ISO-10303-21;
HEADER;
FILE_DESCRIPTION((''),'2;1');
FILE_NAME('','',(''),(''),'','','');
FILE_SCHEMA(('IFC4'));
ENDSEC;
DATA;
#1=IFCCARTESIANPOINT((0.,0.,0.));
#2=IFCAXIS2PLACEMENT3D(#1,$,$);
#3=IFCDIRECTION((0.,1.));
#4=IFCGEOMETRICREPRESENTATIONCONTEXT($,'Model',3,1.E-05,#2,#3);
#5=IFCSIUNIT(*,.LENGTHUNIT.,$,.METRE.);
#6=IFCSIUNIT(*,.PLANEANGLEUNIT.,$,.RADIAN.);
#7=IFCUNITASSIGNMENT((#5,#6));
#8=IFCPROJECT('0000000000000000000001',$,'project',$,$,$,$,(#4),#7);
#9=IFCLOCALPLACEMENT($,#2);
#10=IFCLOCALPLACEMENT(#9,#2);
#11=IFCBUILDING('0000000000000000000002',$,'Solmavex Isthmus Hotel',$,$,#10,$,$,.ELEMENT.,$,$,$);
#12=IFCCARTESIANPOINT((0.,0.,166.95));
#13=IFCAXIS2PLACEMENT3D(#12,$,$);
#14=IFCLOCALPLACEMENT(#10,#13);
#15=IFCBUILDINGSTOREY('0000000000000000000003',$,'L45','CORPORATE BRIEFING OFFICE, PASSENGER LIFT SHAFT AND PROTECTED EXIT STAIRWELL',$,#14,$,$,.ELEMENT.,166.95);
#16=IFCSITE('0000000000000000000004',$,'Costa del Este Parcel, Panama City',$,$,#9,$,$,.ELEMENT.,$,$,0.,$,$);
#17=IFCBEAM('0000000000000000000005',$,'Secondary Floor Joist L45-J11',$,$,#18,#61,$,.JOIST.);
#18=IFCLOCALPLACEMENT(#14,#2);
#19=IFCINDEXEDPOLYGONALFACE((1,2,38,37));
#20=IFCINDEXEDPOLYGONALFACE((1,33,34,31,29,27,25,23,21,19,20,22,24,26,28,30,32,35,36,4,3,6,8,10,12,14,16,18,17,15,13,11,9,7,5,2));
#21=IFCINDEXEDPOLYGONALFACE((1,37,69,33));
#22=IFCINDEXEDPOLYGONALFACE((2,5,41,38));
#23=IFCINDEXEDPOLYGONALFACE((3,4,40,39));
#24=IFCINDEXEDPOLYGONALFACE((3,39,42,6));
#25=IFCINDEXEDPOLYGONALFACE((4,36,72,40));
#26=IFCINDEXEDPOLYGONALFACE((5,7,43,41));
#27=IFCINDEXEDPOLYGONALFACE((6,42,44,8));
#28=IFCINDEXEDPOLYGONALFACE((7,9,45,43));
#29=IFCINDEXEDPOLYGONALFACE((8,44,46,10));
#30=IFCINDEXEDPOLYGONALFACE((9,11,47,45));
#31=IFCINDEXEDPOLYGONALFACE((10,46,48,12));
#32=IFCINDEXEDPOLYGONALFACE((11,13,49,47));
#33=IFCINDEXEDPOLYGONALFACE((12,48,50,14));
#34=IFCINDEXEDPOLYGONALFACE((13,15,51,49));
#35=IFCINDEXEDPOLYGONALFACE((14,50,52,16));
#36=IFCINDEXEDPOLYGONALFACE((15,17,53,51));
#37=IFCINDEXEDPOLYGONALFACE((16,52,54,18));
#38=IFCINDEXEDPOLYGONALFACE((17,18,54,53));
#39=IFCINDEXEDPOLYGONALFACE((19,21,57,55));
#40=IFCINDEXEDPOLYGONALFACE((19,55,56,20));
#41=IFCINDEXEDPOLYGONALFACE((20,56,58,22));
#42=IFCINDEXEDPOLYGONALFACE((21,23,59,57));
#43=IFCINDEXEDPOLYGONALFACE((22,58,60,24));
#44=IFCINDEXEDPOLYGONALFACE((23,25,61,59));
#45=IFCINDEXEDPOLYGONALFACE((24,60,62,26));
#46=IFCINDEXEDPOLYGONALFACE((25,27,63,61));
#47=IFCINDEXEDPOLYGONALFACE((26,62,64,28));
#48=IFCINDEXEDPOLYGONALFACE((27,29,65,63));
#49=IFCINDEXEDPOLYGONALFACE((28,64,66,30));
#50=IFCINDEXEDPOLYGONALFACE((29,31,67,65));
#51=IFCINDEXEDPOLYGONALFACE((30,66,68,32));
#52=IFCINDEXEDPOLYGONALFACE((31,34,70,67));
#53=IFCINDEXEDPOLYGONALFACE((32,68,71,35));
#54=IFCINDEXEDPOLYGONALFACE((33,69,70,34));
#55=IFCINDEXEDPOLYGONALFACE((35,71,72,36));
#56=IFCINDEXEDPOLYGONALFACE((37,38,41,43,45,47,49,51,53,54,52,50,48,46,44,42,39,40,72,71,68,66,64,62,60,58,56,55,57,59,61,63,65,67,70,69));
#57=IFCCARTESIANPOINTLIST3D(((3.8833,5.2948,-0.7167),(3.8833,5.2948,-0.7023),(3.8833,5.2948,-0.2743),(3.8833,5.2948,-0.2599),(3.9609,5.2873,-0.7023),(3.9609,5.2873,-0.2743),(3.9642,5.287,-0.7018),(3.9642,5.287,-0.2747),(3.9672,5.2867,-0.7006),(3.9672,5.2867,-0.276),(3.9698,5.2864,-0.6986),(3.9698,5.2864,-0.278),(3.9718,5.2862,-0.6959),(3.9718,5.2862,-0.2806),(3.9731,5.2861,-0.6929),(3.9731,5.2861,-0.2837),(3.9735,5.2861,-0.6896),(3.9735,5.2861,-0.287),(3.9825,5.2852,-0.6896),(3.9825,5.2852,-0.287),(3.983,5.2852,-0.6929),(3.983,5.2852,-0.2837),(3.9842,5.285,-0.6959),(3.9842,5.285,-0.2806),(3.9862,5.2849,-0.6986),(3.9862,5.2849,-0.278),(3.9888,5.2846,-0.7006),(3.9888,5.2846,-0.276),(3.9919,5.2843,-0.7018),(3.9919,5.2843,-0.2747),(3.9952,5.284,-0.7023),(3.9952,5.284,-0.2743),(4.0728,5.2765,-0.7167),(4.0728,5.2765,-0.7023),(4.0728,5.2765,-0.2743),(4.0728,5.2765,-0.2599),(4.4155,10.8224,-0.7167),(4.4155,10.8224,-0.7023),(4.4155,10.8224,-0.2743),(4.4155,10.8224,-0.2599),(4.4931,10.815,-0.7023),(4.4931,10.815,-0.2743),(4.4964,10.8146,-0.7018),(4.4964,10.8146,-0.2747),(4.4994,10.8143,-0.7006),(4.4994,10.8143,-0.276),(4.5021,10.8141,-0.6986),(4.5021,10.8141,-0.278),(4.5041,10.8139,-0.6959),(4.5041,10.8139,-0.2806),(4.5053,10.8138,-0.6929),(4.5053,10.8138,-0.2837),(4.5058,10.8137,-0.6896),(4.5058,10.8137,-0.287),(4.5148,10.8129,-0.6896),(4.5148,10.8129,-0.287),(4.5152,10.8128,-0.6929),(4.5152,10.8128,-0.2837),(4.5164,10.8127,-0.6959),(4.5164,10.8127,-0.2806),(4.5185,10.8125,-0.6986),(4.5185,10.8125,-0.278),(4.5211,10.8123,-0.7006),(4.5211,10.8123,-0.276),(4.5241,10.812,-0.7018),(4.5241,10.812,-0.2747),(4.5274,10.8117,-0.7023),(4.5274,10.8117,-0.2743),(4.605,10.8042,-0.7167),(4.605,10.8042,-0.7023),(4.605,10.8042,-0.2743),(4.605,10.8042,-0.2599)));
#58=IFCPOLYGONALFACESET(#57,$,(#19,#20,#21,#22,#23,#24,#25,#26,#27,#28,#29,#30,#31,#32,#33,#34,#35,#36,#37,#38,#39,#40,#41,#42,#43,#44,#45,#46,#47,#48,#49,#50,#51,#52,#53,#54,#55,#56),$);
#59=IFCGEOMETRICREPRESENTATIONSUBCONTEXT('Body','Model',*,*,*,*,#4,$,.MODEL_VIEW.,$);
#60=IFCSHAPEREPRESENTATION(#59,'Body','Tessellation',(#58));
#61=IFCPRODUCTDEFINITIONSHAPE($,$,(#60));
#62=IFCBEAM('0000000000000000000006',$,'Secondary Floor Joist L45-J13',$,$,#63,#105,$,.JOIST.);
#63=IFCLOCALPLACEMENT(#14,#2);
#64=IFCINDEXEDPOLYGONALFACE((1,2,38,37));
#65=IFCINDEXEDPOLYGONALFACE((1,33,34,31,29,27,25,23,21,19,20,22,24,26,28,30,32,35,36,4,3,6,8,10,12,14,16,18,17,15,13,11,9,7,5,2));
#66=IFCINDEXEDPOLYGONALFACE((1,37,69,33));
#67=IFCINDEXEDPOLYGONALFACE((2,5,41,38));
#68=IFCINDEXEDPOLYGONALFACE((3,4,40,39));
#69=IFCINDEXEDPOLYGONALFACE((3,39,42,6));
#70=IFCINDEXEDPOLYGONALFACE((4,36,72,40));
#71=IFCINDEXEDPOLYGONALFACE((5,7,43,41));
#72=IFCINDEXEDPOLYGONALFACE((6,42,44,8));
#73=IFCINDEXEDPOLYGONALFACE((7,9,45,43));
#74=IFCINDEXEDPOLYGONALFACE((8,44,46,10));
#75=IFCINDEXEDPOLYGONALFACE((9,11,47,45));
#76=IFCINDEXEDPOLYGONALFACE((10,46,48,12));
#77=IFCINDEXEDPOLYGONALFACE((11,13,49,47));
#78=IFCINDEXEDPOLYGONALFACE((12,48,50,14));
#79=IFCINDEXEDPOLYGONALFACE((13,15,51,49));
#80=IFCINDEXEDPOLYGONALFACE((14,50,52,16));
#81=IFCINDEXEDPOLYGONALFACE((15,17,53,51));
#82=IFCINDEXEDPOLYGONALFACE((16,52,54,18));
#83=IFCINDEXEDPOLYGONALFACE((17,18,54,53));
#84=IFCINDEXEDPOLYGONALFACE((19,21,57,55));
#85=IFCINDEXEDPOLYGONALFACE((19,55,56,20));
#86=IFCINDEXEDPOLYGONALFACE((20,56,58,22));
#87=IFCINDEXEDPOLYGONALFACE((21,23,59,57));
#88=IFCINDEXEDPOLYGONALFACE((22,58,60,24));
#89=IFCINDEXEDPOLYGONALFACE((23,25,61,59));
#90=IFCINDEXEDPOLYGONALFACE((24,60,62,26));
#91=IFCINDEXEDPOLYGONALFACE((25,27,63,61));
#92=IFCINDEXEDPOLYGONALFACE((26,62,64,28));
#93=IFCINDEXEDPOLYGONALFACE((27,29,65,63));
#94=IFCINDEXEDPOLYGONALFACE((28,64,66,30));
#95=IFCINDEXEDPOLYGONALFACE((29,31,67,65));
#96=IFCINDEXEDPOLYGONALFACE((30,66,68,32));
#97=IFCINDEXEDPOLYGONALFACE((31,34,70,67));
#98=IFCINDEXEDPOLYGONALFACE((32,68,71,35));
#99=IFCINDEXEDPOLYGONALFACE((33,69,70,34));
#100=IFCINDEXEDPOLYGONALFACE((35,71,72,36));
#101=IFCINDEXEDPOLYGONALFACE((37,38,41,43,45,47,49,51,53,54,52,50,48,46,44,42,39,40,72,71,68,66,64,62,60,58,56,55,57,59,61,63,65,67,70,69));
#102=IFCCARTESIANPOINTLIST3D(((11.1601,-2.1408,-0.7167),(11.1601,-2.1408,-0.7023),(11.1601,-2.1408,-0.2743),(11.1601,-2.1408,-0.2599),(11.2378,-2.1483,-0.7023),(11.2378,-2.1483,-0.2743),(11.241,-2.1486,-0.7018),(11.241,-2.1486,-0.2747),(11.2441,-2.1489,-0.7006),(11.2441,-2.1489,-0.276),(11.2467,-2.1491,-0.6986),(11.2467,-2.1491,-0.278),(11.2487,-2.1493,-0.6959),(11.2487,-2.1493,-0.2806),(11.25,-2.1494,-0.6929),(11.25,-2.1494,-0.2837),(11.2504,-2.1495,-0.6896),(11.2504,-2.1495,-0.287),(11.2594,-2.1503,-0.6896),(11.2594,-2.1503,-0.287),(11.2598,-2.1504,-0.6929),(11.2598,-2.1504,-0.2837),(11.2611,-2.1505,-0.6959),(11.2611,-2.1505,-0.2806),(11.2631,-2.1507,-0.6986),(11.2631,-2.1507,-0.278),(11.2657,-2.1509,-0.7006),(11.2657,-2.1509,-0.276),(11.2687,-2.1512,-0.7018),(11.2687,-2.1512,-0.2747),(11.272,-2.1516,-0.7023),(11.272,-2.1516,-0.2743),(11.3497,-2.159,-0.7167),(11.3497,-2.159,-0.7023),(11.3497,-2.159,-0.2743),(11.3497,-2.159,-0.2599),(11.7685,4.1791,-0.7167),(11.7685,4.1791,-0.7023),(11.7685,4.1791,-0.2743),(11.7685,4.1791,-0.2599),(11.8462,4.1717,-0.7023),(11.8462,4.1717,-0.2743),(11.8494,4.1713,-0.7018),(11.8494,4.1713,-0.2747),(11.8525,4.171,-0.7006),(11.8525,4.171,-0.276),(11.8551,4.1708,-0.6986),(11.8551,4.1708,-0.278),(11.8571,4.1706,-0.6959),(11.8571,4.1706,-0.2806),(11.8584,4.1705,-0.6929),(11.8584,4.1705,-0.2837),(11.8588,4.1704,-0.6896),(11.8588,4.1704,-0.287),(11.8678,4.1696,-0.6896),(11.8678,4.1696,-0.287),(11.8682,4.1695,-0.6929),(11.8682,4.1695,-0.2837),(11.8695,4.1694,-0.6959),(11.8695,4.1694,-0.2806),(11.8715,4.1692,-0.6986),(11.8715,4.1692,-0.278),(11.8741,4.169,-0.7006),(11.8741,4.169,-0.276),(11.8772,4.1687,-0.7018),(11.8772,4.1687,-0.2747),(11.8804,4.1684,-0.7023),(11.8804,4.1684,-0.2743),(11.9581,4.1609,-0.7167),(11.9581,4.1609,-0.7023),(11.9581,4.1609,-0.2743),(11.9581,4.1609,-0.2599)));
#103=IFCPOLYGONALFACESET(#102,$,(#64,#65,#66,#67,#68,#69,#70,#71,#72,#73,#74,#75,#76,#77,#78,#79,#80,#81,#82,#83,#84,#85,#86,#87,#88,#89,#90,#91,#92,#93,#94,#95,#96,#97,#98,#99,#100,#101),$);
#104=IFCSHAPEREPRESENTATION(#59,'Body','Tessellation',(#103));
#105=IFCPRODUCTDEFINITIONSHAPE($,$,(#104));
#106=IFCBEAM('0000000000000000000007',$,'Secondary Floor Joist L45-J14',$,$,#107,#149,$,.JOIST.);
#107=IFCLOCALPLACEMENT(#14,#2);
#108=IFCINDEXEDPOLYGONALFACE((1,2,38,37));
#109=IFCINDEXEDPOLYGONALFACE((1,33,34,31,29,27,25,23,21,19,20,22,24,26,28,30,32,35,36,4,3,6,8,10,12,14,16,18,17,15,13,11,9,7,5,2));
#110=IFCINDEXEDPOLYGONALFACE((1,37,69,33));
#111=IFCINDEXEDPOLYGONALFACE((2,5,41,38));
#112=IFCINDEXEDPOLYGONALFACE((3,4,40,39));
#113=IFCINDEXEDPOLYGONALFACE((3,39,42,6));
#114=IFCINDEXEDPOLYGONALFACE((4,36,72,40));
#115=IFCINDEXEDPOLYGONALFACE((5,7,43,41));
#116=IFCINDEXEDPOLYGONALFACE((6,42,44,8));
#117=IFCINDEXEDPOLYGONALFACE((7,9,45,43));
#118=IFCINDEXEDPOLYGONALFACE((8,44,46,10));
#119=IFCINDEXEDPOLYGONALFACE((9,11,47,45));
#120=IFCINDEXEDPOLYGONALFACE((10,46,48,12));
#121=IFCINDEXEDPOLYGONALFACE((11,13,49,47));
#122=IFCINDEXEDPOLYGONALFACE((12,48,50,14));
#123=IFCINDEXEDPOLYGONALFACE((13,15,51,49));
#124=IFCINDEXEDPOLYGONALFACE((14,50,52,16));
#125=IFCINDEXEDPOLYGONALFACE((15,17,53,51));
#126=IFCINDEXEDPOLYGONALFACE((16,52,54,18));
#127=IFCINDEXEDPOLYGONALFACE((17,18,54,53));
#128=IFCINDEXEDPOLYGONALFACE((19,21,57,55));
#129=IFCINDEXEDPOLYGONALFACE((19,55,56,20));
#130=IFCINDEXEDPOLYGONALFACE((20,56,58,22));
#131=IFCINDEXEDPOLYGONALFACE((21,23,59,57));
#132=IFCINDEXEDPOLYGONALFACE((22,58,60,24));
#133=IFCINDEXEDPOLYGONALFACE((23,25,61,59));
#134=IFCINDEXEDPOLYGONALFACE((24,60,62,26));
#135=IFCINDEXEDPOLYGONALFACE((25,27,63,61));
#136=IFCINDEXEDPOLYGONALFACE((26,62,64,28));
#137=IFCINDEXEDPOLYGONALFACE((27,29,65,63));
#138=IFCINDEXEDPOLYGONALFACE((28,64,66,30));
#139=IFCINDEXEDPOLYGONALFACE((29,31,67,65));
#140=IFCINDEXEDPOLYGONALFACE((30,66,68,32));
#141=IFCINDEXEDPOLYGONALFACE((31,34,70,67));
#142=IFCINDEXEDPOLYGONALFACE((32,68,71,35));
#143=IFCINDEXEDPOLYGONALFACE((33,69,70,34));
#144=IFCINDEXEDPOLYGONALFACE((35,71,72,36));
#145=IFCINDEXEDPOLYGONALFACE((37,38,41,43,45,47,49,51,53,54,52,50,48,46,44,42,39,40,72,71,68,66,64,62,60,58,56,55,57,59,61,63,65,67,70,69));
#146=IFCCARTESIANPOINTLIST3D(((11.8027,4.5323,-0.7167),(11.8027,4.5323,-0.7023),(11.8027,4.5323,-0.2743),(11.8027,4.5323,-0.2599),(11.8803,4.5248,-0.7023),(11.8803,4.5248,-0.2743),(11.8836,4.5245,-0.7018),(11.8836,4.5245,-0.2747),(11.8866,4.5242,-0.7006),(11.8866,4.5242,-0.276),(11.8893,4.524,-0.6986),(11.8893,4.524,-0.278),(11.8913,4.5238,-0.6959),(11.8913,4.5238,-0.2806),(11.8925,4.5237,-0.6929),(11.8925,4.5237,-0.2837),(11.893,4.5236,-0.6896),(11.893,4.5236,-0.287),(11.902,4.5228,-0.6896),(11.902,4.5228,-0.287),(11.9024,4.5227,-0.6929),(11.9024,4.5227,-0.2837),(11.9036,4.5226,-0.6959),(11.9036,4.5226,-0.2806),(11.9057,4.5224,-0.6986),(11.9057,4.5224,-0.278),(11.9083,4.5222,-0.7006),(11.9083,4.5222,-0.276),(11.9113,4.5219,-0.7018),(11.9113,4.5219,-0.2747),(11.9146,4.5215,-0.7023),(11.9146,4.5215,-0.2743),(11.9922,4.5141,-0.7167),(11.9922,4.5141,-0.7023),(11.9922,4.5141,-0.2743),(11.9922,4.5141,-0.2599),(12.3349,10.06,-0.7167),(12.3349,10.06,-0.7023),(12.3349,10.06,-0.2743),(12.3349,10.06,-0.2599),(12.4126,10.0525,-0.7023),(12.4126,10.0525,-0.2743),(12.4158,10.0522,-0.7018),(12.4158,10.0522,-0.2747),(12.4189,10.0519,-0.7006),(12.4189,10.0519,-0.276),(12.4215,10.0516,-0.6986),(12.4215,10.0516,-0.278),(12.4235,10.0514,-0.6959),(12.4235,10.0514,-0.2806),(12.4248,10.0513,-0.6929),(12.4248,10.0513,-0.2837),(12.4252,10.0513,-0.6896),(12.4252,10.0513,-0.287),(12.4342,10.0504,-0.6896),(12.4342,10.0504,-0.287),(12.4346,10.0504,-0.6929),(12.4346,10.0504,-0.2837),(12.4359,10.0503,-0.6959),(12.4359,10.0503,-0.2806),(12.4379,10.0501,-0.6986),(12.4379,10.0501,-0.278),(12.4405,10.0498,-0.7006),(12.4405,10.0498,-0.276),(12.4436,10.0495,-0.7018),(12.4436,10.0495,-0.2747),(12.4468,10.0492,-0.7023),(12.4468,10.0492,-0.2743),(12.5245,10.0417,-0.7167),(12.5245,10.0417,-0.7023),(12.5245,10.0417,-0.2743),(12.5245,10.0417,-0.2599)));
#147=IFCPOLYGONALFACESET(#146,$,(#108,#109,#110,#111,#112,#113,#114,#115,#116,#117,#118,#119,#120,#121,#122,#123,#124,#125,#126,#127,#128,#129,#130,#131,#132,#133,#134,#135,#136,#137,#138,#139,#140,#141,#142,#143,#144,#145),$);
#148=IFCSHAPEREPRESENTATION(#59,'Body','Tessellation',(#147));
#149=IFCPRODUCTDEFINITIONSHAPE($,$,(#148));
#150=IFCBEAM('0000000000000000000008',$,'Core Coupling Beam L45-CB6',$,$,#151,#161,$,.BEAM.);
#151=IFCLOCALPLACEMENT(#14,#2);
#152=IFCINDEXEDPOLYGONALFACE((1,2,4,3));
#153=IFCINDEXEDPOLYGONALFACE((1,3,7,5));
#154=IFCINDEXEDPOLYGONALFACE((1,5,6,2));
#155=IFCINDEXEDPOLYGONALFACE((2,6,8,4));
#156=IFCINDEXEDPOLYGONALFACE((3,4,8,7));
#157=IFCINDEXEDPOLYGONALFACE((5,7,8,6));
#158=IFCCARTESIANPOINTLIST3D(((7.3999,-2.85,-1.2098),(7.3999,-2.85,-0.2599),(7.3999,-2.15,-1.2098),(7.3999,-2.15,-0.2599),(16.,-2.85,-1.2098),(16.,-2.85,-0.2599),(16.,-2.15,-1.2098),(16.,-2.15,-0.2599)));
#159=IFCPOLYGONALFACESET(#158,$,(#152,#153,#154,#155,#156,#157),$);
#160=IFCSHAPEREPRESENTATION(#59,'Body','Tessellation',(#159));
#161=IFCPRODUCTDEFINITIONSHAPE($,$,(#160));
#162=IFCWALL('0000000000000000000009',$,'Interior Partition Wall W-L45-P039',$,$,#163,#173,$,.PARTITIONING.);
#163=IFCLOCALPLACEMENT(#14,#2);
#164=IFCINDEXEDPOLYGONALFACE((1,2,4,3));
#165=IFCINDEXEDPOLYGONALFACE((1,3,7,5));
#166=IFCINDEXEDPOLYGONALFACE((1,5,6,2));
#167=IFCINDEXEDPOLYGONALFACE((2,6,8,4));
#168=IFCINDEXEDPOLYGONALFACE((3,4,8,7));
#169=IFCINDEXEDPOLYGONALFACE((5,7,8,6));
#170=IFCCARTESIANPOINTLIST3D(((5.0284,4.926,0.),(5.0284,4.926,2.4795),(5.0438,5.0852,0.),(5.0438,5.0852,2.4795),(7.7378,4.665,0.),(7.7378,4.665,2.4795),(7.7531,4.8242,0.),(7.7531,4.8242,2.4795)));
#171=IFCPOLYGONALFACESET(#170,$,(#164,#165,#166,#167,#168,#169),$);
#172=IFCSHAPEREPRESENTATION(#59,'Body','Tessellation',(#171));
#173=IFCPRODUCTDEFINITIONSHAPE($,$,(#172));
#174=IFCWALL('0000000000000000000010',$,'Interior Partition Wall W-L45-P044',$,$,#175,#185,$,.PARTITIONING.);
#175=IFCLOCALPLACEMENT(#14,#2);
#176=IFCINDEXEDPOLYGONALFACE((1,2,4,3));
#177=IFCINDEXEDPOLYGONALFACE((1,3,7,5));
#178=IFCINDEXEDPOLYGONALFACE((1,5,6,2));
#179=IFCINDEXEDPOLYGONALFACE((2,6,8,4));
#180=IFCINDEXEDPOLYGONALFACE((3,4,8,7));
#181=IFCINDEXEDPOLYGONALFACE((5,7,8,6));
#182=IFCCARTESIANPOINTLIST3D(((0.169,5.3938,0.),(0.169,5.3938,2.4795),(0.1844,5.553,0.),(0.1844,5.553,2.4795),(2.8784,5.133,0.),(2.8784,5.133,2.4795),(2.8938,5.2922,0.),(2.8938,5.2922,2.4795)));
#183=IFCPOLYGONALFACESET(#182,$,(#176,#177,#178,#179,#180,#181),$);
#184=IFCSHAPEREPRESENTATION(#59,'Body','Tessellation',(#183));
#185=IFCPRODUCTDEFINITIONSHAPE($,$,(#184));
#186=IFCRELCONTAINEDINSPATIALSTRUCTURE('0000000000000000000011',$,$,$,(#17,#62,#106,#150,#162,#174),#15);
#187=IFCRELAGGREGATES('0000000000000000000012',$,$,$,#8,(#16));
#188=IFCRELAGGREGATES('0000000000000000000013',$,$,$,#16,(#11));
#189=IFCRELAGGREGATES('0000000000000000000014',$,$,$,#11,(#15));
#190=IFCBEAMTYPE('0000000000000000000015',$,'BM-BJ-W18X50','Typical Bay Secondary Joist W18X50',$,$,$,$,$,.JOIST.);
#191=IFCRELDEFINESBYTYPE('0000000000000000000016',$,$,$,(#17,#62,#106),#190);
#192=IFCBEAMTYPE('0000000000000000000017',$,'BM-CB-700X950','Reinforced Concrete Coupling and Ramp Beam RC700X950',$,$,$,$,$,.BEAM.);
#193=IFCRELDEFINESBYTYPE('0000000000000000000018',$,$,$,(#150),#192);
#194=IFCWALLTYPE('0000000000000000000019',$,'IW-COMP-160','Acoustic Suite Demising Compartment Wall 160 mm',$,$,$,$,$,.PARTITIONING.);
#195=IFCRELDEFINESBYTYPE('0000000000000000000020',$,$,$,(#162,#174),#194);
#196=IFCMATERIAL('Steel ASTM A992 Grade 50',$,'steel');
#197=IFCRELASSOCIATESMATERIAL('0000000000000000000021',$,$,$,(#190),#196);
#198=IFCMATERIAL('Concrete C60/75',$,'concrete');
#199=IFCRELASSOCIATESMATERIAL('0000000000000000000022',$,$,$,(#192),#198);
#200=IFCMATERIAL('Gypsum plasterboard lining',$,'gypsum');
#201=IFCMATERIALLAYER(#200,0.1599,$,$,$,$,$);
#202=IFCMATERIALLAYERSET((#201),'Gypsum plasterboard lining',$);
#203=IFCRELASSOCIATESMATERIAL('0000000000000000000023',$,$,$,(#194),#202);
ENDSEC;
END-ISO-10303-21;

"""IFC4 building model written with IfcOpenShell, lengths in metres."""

from ifc_helpers import new_model, si_unit, direction, frame, frame_2d, origin, origin_2d, place, context, subcontext, project, spatial, rectangle, i_section, extrude, material, layer, layer_set, material_profile, profile_set, type_object, element, save


model = new_model("IFC4")

# Units and contexts
model_context = context("Model", 3, precision=1e-05, world=origin(), true_north=direction((0.0, 1.0)))
body_context = subcontext(model_context, "Body", "Model", "MODEL_VIEW")
ifc_project = project(units=[si_unit("LENGTHUNIT", "METRE"), si_unit("PLANEANGLEUNIT", "RADIAN")], contexts=[model_context])

# Site, building, storey
site_placement = place(None, origin())
site = spatial("IfcSite", under=ifc_project, at=site_placement, Name="Costa del Este Parcel, Panama City", CompositionType="ELEMENT", RefElevation=0.0)
building_placement = place(site_placement, origin())
building = spatial("IfcBuilding", under=site, at=building_placement, Name="Solmavex Isthmus Hotel", CompositionType="ELEMENT")
storey_placement = place(building_placement, frame((0.0, 0.0, 166.95)))
storey = spatial("IfcBuildingStorey", under=building, at=storey_placement, Name="L45", Description="CORPORATE BRIEFING OFFICE, PASSENGER LIFT SHAFT AND PROTECTED EXIT STAIRWELL", CompositionType="ELEMENT", Elevation=166.95)

# Beams
ifc_material_1 = material(Name="Steel ASTM A992 Grade 50", Category="steel")
ifc_material_profile_1 = material_profile(ifc_material_1, i_section(OverallWidth=0.1904, OverallDepth=0.4568, WebThickness=0.009, FlangeThickness=0.0144, FilletRadius=0.0127, at=origin_2d()), Name="W18X50")
ifc_profile_set_1 = profile_set([ifc_material_profile_1], Name="Steel ASTM A992 Grade 50")
beam_type_1 = type_object("IfcBeamType", Name="BM-BJ-W18X50", Description="Typical Bay Secondary Joist W18X50", PredefinedType="JOIST", material=ifc_profile_set_1)
beam_1_placement = place(storey_placement, frame((3.978, 5.2856, -0.4883), z_axis=(0.095842, 0.995397, 0.0), x_axis=(-0.995397, 0.095842, 0.0)))
element("IfcBeam", 1, at=beam_1_placement, inside=storey, type_object=beam_type_1, Name="Secondary Floor Joist L45-J11", PredefinedType="JOIST", context=body_context, shape_type="SweptSolid", body=[
    extrude(i_section(OverallWidth=0.1904, OverallDepth=0.4568, WebThickness=0.009, FlangeThickness=0.0144, FilletRadius=0.0127, at=origin_2d()), origin(), (0.0, 0.0, 1.0), 5.5532),
])
beam_2_placement = place(storey_placement, frame((11.2549, -2.1499, -0.4883), z_axis=(0.095825, 0.995398, 0.0), x_axis=(-0.995398, 0.095825, 0.0)))
element("IfcBeam", 2, at=beam_2_placement, inside=storey, type_object=beam_type_1, Name="Secondary Floor Joist L45-J13", PredefinedType="JOIST", context=body_context, shape_type="SweptSolid", body=[
    extrude(i_section(OverallWidth=0.1904, OverallDepth=0.4568, WebThickness=0.009, FlangeThickness=0.0144, FilletRadius=0.0127, at=origin_2d()), origin(), (0.0, 0.0, 1.0), 6.3491),
])
beam_3_placement = place(storey_placement, frame((11.8975, 4.5232, -0.4883), z_axis=(0.095842, 0.995397, 0.0), x_axis=(-0.995397, 0.095842, 0.0)))
element("IfcBeam", 3, at=beam_3_placement, inside=storey, type_object=beam_type_1, Name="Secondary Floor Joist L45-J14", PredefinedType="JOIST", context=body_context, shape_type="SweptSolid", body=[
    extrude(i_section(OverallWidth=0.1904, OverallDepth=0.4568, WebThickness=0.009, FlangeThickness=0.0144, FilletRadius=0.0127, at=origin_2d()), origin(), (0.0, 0.0, 1.0), 5.5532),
])
ifc_material_2 = material(Name="Concrete C60/75", Category="concrete")
ifc_material_profile_2 = material_profile(ifc_material_2, rectangle(XDim=0.7, YDim=0.95, at=origin_2d()), Name="RC700X950")
ifc_profile_set_2 = profile_set([ifc_material_profile_2], Name="Concrete C60/75")
beam_type_2 = type_object("IfcBeamType", Name="BM-CB-700X950", Description="Reinforced Concrete Coupling and Ramp Beam RC700X950", PredefinedType="BEAM", material=ifc_profile_set_2)
beam_4_placement = place(storey_placement, frame((7.3999, -2.5, -0.7349), z_axis=(1.0, 0.0, 0.0), x_axis=(0.0, 1.0, 0.0)))
element("IfcBeam", 4, at=beam_4_placement, inside=storey, type_object=beam_type_2, Name="Core Coupling Beam L45-CB6", PredefinedType="BEAM", context=body_context, shape_type="SweptSolid", body=[
    extrude(rectangle(XDim=0.7, YDim=0.95, at=origin_2d()), origin(), (0.0, 0.0, 1.0), 8.6001),
])

# Walls
ifc_material_3 = material(Name="Gypsum plasterboard lining", Category="gypsum")
ifc_layer_1 = layer(ifc_material_3, 0.1599)
ifc_layer_set_1 = layer_set([ifc_layer_1], Name="Gypsum plasterboard lining")
wall_type_1 = type_object("IfcWallType", Name="IW-COMP-160", Description="Acoustic Suite Demising Compartment Wall 160 mm", PredefinedType="PARTITIONING", material=ifc_layer_set_1)
for number, where, z_axis, x_axis, name in (
    (5, (7.7454, 4.7446, 0.0), (0.0, 0.0, 1.0), (-0.995393, 0.09588, 0.0), "Interior Partition Wall W-L45-P039"),
    (6, (2.886, 5.2126, 0.0), (0.0, 0.0, 1.0), (-0.995401, 0.095791, 0.0), "Interior Partition Wall W-L45-P044"),
):
    element("IfcWall", number, at=place(storey_placement, frame(where, z_axis=z_axis, x_axis=x_axis)), inside=storey, type_object=wall_type_1, Name=name, PredefinedType="PARTITIONING", context=body_context, shape_type="SweptSolid", body=[
        extrude(rectangle(XDim=2.7219, YDim=0.1599, at=frame_2d((1.3608, 0.0))), origin(), (0.0, 0.0, 1.0), 2.4795),
    ])

save(model, "model.ifc")
